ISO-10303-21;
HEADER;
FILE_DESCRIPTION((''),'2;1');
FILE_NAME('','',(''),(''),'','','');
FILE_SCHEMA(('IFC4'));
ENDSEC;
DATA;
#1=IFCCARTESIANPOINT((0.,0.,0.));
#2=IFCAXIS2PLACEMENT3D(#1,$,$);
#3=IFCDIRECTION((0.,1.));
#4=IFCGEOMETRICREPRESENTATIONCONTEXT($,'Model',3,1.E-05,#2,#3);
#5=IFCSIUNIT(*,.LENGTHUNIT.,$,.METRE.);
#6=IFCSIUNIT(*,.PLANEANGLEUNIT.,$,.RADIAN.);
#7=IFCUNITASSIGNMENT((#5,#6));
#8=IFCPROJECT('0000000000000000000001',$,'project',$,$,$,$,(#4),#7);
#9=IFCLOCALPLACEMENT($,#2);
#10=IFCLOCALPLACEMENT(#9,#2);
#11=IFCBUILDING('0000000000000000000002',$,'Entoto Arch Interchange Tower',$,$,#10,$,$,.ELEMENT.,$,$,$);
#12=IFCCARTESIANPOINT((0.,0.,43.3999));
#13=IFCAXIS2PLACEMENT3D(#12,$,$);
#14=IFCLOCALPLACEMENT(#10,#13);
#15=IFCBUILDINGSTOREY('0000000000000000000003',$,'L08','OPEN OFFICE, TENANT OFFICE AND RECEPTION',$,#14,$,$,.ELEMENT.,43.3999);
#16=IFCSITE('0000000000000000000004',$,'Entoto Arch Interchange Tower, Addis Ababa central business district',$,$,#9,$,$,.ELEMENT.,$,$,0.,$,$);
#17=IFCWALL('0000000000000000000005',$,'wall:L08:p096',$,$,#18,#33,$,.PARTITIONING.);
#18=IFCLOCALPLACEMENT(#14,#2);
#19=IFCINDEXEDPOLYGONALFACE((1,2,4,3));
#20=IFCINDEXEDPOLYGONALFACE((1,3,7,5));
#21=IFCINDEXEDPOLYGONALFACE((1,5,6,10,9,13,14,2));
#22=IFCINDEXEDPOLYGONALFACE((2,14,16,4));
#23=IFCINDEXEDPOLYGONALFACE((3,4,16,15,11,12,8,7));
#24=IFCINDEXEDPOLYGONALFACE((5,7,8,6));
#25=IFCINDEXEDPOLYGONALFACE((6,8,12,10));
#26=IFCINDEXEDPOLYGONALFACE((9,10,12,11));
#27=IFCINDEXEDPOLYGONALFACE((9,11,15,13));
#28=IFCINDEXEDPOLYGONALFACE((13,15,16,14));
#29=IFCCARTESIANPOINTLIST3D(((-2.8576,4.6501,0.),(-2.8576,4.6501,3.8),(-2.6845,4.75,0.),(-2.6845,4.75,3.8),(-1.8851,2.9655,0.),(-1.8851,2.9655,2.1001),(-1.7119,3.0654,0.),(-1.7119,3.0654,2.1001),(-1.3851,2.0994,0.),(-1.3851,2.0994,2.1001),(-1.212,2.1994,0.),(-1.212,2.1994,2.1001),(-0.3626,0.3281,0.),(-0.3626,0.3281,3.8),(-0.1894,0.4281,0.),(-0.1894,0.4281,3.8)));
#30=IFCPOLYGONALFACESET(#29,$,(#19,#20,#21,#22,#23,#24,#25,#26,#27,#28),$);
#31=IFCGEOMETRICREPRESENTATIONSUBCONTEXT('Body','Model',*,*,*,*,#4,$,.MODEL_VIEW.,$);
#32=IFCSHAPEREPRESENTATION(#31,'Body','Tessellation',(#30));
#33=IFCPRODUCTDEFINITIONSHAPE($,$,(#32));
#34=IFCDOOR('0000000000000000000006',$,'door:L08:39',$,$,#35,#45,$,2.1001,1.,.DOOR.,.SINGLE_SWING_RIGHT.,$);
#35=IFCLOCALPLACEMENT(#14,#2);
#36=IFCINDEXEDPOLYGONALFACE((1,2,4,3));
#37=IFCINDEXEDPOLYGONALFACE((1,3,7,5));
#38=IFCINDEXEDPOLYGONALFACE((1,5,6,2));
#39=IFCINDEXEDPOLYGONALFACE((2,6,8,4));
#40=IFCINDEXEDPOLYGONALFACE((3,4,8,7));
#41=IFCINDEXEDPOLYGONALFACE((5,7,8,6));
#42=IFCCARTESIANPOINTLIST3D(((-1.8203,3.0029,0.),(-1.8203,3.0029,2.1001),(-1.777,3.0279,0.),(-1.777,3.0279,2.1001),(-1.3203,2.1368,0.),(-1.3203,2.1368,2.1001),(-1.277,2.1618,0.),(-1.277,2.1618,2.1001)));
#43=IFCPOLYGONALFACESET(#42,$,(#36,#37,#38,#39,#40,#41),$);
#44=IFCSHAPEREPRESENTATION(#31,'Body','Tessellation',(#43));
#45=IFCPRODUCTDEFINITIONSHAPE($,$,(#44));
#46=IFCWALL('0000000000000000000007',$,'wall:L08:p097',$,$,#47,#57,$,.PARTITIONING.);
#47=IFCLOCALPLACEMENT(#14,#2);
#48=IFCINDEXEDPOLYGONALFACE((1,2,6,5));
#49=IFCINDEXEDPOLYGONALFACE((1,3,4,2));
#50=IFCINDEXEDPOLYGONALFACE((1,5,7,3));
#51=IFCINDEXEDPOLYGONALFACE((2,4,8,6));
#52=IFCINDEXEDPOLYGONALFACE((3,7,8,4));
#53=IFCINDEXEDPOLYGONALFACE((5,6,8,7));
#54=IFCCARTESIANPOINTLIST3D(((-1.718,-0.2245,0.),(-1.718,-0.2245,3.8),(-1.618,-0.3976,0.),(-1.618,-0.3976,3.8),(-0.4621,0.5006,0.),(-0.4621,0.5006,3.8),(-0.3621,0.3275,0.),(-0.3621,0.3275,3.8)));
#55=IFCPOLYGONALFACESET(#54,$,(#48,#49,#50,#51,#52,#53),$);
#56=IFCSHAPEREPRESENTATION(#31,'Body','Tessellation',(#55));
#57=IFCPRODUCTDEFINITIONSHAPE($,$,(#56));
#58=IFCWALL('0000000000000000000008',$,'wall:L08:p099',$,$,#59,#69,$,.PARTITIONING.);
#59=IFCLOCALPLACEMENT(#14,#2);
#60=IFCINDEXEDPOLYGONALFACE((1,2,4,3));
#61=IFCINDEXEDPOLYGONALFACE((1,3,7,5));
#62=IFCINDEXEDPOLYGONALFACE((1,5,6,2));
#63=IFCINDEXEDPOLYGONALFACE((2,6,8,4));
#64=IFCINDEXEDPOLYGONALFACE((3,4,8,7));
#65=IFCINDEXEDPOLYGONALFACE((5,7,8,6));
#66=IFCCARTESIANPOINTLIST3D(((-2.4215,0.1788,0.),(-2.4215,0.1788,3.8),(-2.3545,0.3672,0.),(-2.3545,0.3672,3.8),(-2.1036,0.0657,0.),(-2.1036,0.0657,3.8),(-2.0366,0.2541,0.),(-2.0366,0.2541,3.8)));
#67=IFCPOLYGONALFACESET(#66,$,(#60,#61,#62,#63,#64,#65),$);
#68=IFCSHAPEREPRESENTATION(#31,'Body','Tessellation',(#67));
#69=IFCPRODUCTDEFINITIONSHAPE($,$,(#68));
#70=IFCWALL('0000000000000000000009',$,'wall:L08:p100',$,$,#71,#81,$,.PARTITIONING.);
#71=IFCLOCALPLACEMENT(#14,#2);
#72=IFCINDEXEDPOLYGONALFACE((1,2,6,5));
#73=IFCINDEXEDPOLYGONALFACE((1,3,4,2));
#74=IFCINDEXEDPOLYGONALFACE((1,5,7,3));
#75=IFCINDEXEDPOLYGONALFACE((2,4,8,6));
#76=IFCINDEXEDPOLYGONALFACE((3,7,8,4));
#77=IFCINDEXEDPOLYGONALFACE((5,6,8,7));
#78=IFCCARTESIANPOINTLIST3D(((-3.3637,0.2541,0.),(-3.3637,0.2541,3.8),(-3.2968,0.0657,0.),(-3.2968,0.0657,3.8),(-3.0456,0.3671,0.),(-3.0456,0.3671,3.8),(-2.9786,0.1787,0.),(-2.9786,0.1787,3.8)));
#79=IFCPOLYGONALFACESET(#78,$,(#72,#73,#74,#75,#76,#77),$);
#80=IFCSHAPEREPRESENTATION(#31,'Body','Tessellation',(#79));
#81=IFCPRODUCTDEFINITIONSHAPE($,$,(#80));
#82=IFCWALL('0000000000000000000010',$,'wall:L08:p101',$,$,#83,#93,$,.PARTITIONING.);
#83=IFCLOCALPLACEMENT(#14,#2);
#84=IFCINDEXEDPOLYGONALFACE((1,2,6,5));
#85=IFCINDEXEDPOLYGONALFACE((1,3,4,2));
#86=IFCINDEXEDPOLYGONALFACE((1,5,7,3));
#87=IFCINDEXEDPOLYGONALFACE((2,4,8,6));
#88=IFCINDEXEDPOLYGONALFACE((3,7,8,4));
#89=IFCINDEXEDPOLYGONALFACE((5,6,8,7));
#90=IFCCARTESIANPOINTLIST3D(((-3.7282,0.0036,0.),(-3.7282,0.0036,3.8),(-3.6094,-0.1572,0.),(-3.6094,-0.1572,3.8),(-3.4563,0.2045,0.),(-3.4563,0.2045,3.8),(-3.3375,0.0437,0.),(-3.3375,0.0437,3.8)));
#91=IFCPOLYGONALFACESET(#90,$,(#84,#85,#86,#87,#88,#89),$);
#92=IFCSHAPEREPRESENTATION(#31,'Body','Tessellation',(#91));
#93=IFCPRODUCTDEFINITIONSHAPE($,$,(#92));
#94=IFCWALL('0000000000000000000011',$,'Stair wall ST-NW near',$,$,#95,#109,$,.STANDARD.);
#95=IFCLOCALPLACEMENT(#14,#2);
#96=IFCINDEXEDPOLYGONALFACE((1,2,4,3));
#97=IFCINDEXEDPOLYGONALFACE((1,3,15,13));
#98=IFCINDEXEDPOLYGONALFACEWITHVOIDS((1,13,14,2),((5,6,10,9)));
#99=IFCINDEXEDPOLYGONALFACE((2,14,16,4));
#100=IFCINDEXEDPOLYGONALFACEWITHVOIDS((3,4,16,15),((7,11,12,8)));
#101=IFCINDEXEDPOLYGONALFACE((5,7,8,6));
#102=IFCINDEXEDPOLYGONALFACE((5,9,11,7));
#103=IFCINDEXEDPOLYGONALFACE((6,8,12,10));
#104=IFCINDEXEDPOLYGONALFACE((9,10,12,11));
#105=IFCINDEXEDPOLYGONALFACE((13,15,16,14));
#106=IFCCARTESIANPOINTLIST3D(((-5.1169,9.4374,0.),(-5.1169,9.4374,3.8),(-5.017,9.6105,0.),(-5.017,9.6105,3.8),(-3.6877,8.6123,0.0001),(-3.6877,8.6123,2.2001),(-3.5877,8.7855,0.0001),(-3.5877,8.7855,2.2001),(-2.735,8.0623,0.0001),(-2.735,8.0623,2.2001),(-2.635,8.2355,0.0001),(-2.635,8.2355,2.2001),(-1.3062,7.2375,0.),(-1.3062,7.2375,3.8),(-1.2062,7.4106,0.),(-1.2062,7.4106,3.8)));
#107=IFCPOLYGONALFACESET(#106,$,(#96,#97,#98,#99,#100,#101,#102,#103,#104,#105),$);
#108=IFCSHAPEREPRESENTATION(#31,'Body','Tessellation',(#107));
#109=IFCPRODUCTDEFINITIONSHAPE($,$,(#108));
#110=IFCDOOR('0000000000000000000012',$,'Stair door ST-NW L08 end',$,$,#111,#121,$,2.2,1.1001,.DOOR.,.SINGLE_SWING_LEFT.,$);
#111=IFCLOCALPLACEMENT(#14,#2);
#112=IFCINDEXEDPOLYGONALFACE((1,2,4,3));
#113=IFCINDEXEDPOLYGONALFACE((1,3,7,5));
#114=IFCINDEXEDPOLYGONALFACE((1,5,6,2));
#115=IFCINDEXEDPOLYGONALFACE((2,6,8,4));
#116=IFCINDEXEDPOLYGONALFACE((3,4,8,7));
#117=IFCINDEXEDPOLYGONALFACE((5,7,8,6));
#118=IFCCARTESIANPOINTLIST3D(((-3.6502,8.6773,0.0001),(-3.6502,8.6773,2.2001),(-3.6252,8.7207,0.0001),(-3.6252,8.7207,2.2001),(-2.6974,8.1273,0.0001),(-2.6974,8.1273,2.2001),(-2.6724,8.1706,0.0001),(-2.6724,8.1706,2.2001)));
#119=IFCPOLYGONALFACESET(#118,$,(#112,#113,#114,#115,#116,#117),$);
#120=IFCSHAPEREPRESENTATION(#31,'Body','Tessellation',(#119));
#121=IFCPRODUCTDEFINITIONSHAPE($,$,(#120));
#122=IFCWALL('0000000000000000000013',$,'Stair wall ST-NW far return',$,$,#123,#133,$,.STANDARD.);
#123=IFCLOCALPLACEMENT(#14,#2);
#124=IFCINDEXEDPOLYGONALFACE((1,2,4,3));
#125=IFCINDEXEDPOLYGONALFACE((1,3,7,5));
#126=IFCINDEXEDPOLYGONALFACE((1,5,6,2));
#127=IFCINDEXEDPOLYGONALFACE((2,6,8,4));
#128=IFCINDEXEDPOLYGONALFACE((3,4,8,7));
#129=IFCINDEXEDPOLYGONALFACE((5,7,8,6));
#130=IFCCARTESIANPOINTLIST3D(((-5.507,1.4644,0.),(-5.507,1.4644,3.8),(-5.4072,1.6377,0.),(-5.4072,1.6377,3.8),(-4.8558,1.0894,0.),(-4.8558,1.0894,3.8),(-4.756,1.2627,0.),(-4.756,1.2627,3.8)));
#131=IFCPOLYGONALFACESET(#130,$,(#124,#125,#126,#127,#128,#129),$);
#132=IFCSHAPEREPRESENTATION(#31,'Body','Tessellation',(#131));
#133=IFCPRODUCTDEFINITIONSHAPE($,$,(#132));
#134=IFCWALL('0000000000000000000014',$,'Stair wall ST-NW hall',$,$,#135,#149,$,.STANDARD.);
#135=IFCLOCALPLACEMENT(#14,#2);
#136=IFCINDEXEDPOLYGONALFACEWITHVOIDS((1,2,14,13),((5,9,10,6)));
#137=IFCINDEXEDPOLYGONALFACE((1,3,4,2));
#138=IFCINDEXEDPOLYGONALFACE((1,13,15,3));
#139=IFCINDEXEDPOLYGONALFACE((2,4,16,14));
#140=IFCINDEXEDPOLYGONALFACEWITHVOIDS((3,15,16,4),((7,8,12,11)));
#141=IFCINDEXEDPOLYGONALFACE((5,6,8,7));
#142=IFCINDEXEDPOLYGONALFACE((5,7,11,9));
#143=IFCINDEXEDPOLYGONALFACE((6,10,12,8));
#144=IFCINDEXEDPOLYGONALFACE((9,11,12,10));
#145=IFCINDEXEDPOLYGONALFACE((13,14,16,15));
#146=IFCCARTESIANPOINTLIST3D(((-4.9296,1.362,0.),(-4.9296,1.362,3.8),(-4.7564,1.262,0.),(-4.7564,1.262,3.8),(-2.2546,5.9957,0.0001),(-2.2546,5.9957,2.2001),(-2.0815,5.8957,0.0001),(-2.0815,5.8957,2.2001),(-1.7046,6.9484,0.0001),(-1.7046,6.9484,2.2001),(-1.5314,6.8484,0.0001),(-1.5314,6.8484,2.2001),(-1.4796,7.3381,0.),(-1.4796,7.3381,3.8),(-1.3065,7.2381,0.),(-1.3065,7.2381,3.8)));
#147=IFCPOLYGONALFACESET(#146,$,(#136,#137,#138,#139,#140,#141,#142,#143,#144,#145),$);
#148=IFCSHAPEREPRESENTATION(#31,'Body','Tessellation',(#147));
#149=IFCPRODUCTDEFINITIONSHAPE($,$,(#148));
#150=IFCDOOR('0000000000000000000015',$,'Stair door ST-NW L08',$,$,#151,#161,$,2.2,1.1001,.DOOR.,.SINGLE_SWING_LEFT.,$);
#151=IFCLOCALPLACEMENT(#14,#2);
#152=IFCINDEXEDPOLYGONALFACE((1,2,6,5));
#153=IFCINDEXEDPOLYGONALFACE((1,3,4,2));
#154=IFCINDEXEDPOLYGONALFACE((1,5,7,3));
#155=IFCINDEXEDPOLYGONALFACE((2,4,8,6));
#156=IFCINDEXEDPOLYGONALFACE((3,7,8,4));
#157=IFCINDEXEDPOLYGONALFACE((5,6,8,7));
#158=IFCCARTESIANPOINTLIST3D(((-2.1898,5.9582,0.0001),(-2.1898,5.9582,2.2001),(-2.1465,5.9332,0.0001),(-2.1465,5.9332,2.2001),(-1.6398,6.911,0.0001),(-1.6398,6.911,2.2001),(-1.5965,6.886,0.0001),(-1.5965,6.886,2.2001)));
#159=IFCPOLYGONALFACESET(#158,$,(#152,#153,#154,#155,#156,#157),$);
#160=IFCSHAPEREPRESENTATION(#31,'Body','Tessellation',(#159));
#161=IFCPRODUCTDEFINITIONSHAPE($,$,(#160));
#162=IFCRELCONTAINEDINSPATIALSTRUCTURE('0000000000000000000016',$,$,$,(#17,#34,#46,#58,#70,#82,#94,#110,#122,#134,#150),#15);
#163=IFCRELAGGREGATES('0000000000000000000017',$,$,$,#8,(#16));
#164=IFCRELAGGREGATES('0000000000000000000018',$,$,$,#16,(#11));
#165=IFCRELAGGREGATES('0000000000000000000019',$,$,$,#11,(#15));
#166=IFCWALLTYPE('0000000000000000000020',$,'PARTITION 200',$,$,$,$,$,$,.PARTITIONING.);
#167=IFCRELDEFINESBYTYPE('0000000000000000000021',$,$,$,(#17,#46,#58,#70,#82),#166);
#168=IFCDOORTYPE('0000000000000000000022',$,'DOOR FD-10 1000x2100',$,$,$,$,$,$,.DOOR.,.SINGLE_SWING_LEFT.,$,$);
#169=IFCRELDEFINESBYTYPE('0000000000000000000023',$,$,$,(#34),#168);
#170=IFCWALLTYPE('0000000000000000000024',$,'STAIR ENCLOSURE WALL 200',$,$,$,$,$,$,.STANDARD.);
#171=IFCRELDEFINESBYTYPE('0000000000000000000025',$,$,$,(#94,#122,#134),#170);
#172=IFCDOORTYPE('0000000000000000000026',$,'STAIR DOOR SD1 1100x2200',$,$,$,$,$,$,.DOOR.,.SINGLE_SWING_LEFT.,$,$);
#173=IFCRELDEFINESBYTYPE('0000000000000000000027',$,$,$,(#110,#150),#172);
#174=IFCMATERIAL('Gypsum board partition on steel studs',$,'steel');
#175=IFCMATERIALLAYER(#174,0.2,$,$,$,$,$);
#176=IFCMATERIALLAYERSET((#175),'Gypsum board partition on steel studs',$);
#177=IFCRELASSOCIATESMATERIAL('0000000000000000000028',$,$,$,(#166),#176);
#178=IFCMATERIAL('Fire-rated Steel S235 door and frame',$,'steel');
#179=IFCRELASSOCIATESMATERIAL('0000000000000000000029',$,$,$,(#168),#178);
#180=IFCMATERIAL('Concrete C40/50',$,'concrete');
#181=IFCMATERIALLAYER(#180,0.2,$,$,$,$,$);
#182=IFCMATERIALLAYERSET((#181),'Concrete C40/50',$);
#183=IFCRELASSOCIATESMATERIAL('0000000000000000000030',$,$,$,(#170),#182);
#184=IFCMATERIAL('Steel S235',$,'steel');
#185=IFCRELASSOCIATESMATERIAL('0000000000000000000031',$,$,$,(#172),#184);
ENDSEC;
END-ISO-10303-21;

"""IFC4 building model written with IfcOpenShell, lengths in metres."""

from ifc_helpers import new_model, si_unit, direction, frame, frame_2d, origin, place, context, subcontext, project, spatial, rectangle, extrude, material, layer, layer_set, type_object, element, fill, save


model = new_model("IFC4")

# Units and contexts
model_context = context("Model", 3, precision=1e-05, world=origin(), true_north=direction((0.0, 1.0)))
body_context = subcontext(model_context, "Body", "Model", "MODEL_VIEW")
ifc_project = project(units=[si_unit("LENGTHUNIT", "METRE"), si_unit("PLANEANGLEUNIT", "RADIAN")], contexts=[model_context])

# Site, building, storey
site_placement = place(None, origin())
site = spatial("IfcSite", under=ifc_project, at=site_placement, Name="Entoto Arch Interchange Tower, Addis Ababa central business district", CompositionType="ELEMENT", RefElevation=0.0)
building_placement = place(site_placement, origin())
building = spatial("IfcBuilding", under=site, at=building_placement, Name="Entoto Arch Interchange Tower", CompositionType="ELEMENT")
storey_placement = place(building_placement, frame((0.0, 0.0, 43.3999)))
storey = spatial("IfcBuildingStorey", under=building, at=storey_placement, Name="L08", Description="OPEN OFFICE, TENANT OFFICE AND RECEPTION", CompositionType="ELEMENT", Elevation=43.3999)

# Wall, opening, door
ifc_material_1 = material(Name="Gypsum board partition on steel studs", Category="steel")
ifc_layer_1 = layer(ifc_material_1, 0.2)
ifc_layer_set_1 = layer_set([ifc_layer_1], Name="Gypsum board partition on steel studs")
wall_type_1 = type_object("IfcWallType", Name="PARTITION 200", PredefinedType="PARTITIONING", material=ifc_layer_set_1)
wall_1_placement = place(storey_placement, frame((-2.771, 4.7, 0.0), z_axis=(0.0, 0.0, 1.0), x_axis=(0.499969, -0.866043, 0.0)))
wall_1 = element("IfcWall", 1, at=wall_1_placement, inside=storey, type_object=wall_type_1, Name="wall:L08:p096", PredefinedType="PARTITIONING", context=body_context, shape_type="SweptSolid", body=[
    extrude(rectangle(XDim=4.9905, YDim=0.2, at=frame_2d((2.4951, 0.0))), origin(), (0.0, 0.0, 1.0), 3.8),
])
opening_1_placement = place(wall_1_placement, frame((1.9451, 0.0, 0.0)))
opening_1 = element("IfcOpeningElement", 2, at=opening_1_placement, cuts=wall_1, PredefinedType="OPENING", context=body_context, shape_type="SweptSolid", body=[
    extrude(rectangle(XDim=1.0, YDim=2.1001, at=frame_2d((0.5, 1.05))), frame((0.0, 0.1099, 0.0), z_axis=(0.0, -1.0, 0.0), x_axis=(1.0, 0.0, 0.0)), (0.0, 0.0, 1.0), 0.22),
])
ifc_material_2 = material(Name="Fire-rated Steel S235 door and frame", Category="steel")
door_type_1 = type_object("IfcDoorType", Name="DOOR FD-10 1000x2100", OperationType="SINGLE_SWING_LEFT", PredefinedType="DOOR", material=ifc_material_2)
door_1_placement = place(opening_1_placement, origin())
door_1 = element("IfcDoor", 3, at=door_1_placement, inside=storey, type_object=door_type_1, Name="door:L08:39", OperationType="SINGLE_SWING_RIGHT", OverallHeight=2.1001, OverallWidth=1.0, PredefinedType="DOOR", context=body_context, shape_type="SweptSolid", body=[
    extrude(rectangle(XDim=1.0, YDim=2.1001, at=frame_2d((0.5, 1.05))), frame((0.0, 0.0249, 0.0), z_axis=(0.0, -1.0, 0.0), x_axis=(1.0, 0.0, 0.0)), (0.0, 0.0, 1.0), 0.05),
])
fill(opening_1, door_1)

# Walls
wall_2_placement = place(storey_placement, frame((-0.4121, 0.4141, 0.0), z_axis=(0.0, 0.0, 1.0), x_axis=(-0.866017, -0.500014, 0.0)))
element("IfcWall", 4, at=wall_2_placement, inside=storey, type_object=wall_type_1, Name="wall:L08:p097", PredefinedType="PARTITIONING", context=body_context, shape_type="SweptSolid", body=[
    extrude(rectangle(XDim=1.4502, YDim=0.2, at=frame_2d((0.7251, 0.0))), origin(), (0.0, 0.0, 1.0), 3.8),
])
wall_3_placement = place(storey_placement, frame((-2.0701, 0.1599, 0.0), z_axis=(0.0, 0.0, 1.0), x_axis=(-0.942199, 0.335052, 0.0)))
element("IfcWall", 5, at=wall_3_placement, inside=storey, type_object=wall_type_1, Name="wall:L08:p099", PredefinedType="PARTITIONING", context=body_context, shape_type="SweptSolid", body=[
    extrude(rectangle(XDim=0.3374, YDim=0.2, at=frame_2d((0.1687, 0.0))), origin(), (0.0, 0.0, 1.0), 3.8),
])
wall_4_placement = place(storey_placement, frame((-3.012, 0.2729, 0.0), z_axis=(0.0, 0.0, 1.0), x_axis=(-0.942281, -0.334824, 0.0)))
element("IfcWall", 6, at=wall_4_placement, inside=storey, type_object=wall_type_1, Name="wall:L08:p100", PredefinedType="PARTITIONING", context=body_context, shape_type="SweptSolid", body=[
    extrude(rectangle(XDim=0.3376, YDim=0.2, at=frame_2d((0.1689, 0.0))), origin(), (0.0, 0.0, 1.0), 3.8),
])
wall_5_placement = place(storey_placement, frame((-3.397, 0.124, 0.0), z_axis=(0.0, 0.0, 1.0), x_axis=(-0.804311, -0.594208, 0.0)))
element("IfcWall", 7, at=wall_5_placement, inside=storey, type_object=wall_type_1, Name="wall:L08:p101", PredefinedType="PARTITIONING", context=body_context, shape_type="SweptSolid", body=[
    extrude(rectangle(XDim=0.3381, YDim=0.2, at=frame_2d((0.1689, 0.0))), origin(), (0.0, 0.0, 1.0), 3.8),
])

# Wall, opening, door
ifc_material_3 = material(Name="Concrete C40/50", Category="concrete")
ifc_layer_2 = layer(ifc_material_3, 0.2)
ifc_layer_set_2 = layer_set([ifc_layer_2], Name="Concrete C40/50")
wall_type_2 = type_object("IfcWallType", Name="STAIR ENCLOSURE WALL 200", PredefinedType="STANDARD", material=ifc_layer_set_2)
wall_6_placement = place(storey_placement, frame((-1.2561, 7.324, 0.0), z_axis=(0.0, 0.0, 1.0), x_axis=(-0.866046, 0.499964, 0.0)))
wall_6 = element("IfcWall", 8, at=wall_6_placement, inside=storey, type_object=wall_type_2, Name="Stair wall ST-NW near", PredefinedType="STANDARD", context=body_context, shape_type="SweptSolid", body=[
    extrude(rectangle(XDim=4.4001, YDim=0.2, at=frame_2d((2.2002, 0.0))), origin(), (0.0, 0.0, 1.0), 3.8),
])
opening_2_placement = place(wall_6_placement, frame((1.6499, 0.0, 0.0)))
opening_2 = element("IfcOpeningElement", 9, at=opening_2_placement, cuts=wall_6, PredefinedType="OPENING", context=body_context, shape_type="SweptSolid", body=[
    extrude(rectangle(XDim=1.1001, YDim=2.2, at=frame_2d((0.55, 1.1001))), frame((0.0, 0.1099, 0.0), z_axis=(0.0, -1.0, 0.0), x_axis=(1.0, 0.0, 0.0)), (0.0, 0.0, 1.0), 0.22),
])
ifc_material_4 = material(Name="Steel S235", Category="steel")
door_type_2 = type_object("IfcDoorType", Name="STAIR DOOR SD1 1100x2200", OperationType="SINGLE_SWING_LEFT", PredefinedType="DOOR", material=ifc_material_4)
door_2_placement = place(opening_2_placement, origin())
door_2 = element("IfcDoor", 10, at=door_2_placement, inside=storey, type_object=door_type_2, Name="Stair door ST-NW L08 end", OperationType="SINGLE_SWING_LEFT", OverallHeight=2.2, OverallWidth=1.1001, PredefinedType="DOOR", context=body_context, shape_type="SweptSolid", body=[
    extrude(rectangle(XDim=1.1001, YDim=2.2, at=frame_2d((0.55, 1.1001))), frame((0.0, 0.0249, 0.0), z_axis=(0.0, -1.0, 0.0), x_axis=(1.0, 0.0, 0.0)), (0.0, 0.0, 1.0), 0.05),
])
fill(opening_2, door_2)

# Wall
wall_7_placement = place(storey_placement, frame((-4.8059, 1.176, 0.0), z_axis=(0.0, 0.0, 1.0), x_axis=(-0.866559, 0.499075, 0.0)))
element("IfcWall", 11, at=wall_7_placement, inside=storey, type_object=wall_type_2, Name="Stair wall ST-NW far return", PredefinedType="STANDARD", context=body_context, shape_type="SweptSolid", body=[
    extrude(rectangle(XDim=0.7515, YDim=0.2, at=frame_2d((0.3757, 0.0))), origin(), (0.0, 0.0, 1.0), 3.8),
])

# Wall, opening, door
wall_8_placement = place(storey_placement, frame((-1.3931, 7.2881, 0.0), z_axis=(0.0, 0.0, 1.0), x_axis=(-0.499963, -0.866047, 0.0)))
wall_8 = element("IfcWall", 12, at=wall_8_placement, inside=storey, type_object=wall_type_2, Name="Stair wall ST-NW hall", PredefinedType="STANDARD", context=body_context, shape_type="SweptSolid", body=[
    extrude(rectangle(XDim=6.9004, YDim=0.2, at=frame_2d((3.4502, 0.0))), origin(), (0.0, 0.0, 1.0), 3.8),
])
opening_3_placement = place(wall_8_placement, frame((0.45, 0.0, 0.0)))
opening_3 = element("IfcOpeningElement", 13, at=opening_3_placement, cuts=wall_8, PredefinedType="OPENING", context=body_context, shape_type="SweptSolid", body=[
    extrude(rectangle(XDim=1.1001, YDim=2.2, at=frame_2d((0.55, 1.1001))), frame((0.0, 0.1099, 0.0), z_axis=(0.0, -1.0, 0.0), x_axis=(1.0, 0.0, 0.0)), (0.0, 0.0, 1.0), 0.22),
])
door_3_placement = place(opening_3_placement, origin())
door_3 = element("IfcDoor", 14, at=door_3_placement, inside=storey, type_object=door_type_2, Name="Stair door ST-NW L08", OperationType="SINGLE_SWING_LEFT", OverallHeight=2.2, OverallWidth=1.1001, PredefinedType="DOOR", context=body_context, shape_type="SweptSolid", body=[
    extrude(rectangle(XDim=1.1001, YDim=2.2, at=frame_2d((0.55, 1.1001))), frame((0.0, 0.0249, 0.0), z_axis=(0.0, -1.0, 0.0), x_axis=(1.0, 0.0, 0.0)), (0.0, 0.0, 1.0), 0.05),
])
fill(opening_3, door_3)

save(model, "model.ifc")
